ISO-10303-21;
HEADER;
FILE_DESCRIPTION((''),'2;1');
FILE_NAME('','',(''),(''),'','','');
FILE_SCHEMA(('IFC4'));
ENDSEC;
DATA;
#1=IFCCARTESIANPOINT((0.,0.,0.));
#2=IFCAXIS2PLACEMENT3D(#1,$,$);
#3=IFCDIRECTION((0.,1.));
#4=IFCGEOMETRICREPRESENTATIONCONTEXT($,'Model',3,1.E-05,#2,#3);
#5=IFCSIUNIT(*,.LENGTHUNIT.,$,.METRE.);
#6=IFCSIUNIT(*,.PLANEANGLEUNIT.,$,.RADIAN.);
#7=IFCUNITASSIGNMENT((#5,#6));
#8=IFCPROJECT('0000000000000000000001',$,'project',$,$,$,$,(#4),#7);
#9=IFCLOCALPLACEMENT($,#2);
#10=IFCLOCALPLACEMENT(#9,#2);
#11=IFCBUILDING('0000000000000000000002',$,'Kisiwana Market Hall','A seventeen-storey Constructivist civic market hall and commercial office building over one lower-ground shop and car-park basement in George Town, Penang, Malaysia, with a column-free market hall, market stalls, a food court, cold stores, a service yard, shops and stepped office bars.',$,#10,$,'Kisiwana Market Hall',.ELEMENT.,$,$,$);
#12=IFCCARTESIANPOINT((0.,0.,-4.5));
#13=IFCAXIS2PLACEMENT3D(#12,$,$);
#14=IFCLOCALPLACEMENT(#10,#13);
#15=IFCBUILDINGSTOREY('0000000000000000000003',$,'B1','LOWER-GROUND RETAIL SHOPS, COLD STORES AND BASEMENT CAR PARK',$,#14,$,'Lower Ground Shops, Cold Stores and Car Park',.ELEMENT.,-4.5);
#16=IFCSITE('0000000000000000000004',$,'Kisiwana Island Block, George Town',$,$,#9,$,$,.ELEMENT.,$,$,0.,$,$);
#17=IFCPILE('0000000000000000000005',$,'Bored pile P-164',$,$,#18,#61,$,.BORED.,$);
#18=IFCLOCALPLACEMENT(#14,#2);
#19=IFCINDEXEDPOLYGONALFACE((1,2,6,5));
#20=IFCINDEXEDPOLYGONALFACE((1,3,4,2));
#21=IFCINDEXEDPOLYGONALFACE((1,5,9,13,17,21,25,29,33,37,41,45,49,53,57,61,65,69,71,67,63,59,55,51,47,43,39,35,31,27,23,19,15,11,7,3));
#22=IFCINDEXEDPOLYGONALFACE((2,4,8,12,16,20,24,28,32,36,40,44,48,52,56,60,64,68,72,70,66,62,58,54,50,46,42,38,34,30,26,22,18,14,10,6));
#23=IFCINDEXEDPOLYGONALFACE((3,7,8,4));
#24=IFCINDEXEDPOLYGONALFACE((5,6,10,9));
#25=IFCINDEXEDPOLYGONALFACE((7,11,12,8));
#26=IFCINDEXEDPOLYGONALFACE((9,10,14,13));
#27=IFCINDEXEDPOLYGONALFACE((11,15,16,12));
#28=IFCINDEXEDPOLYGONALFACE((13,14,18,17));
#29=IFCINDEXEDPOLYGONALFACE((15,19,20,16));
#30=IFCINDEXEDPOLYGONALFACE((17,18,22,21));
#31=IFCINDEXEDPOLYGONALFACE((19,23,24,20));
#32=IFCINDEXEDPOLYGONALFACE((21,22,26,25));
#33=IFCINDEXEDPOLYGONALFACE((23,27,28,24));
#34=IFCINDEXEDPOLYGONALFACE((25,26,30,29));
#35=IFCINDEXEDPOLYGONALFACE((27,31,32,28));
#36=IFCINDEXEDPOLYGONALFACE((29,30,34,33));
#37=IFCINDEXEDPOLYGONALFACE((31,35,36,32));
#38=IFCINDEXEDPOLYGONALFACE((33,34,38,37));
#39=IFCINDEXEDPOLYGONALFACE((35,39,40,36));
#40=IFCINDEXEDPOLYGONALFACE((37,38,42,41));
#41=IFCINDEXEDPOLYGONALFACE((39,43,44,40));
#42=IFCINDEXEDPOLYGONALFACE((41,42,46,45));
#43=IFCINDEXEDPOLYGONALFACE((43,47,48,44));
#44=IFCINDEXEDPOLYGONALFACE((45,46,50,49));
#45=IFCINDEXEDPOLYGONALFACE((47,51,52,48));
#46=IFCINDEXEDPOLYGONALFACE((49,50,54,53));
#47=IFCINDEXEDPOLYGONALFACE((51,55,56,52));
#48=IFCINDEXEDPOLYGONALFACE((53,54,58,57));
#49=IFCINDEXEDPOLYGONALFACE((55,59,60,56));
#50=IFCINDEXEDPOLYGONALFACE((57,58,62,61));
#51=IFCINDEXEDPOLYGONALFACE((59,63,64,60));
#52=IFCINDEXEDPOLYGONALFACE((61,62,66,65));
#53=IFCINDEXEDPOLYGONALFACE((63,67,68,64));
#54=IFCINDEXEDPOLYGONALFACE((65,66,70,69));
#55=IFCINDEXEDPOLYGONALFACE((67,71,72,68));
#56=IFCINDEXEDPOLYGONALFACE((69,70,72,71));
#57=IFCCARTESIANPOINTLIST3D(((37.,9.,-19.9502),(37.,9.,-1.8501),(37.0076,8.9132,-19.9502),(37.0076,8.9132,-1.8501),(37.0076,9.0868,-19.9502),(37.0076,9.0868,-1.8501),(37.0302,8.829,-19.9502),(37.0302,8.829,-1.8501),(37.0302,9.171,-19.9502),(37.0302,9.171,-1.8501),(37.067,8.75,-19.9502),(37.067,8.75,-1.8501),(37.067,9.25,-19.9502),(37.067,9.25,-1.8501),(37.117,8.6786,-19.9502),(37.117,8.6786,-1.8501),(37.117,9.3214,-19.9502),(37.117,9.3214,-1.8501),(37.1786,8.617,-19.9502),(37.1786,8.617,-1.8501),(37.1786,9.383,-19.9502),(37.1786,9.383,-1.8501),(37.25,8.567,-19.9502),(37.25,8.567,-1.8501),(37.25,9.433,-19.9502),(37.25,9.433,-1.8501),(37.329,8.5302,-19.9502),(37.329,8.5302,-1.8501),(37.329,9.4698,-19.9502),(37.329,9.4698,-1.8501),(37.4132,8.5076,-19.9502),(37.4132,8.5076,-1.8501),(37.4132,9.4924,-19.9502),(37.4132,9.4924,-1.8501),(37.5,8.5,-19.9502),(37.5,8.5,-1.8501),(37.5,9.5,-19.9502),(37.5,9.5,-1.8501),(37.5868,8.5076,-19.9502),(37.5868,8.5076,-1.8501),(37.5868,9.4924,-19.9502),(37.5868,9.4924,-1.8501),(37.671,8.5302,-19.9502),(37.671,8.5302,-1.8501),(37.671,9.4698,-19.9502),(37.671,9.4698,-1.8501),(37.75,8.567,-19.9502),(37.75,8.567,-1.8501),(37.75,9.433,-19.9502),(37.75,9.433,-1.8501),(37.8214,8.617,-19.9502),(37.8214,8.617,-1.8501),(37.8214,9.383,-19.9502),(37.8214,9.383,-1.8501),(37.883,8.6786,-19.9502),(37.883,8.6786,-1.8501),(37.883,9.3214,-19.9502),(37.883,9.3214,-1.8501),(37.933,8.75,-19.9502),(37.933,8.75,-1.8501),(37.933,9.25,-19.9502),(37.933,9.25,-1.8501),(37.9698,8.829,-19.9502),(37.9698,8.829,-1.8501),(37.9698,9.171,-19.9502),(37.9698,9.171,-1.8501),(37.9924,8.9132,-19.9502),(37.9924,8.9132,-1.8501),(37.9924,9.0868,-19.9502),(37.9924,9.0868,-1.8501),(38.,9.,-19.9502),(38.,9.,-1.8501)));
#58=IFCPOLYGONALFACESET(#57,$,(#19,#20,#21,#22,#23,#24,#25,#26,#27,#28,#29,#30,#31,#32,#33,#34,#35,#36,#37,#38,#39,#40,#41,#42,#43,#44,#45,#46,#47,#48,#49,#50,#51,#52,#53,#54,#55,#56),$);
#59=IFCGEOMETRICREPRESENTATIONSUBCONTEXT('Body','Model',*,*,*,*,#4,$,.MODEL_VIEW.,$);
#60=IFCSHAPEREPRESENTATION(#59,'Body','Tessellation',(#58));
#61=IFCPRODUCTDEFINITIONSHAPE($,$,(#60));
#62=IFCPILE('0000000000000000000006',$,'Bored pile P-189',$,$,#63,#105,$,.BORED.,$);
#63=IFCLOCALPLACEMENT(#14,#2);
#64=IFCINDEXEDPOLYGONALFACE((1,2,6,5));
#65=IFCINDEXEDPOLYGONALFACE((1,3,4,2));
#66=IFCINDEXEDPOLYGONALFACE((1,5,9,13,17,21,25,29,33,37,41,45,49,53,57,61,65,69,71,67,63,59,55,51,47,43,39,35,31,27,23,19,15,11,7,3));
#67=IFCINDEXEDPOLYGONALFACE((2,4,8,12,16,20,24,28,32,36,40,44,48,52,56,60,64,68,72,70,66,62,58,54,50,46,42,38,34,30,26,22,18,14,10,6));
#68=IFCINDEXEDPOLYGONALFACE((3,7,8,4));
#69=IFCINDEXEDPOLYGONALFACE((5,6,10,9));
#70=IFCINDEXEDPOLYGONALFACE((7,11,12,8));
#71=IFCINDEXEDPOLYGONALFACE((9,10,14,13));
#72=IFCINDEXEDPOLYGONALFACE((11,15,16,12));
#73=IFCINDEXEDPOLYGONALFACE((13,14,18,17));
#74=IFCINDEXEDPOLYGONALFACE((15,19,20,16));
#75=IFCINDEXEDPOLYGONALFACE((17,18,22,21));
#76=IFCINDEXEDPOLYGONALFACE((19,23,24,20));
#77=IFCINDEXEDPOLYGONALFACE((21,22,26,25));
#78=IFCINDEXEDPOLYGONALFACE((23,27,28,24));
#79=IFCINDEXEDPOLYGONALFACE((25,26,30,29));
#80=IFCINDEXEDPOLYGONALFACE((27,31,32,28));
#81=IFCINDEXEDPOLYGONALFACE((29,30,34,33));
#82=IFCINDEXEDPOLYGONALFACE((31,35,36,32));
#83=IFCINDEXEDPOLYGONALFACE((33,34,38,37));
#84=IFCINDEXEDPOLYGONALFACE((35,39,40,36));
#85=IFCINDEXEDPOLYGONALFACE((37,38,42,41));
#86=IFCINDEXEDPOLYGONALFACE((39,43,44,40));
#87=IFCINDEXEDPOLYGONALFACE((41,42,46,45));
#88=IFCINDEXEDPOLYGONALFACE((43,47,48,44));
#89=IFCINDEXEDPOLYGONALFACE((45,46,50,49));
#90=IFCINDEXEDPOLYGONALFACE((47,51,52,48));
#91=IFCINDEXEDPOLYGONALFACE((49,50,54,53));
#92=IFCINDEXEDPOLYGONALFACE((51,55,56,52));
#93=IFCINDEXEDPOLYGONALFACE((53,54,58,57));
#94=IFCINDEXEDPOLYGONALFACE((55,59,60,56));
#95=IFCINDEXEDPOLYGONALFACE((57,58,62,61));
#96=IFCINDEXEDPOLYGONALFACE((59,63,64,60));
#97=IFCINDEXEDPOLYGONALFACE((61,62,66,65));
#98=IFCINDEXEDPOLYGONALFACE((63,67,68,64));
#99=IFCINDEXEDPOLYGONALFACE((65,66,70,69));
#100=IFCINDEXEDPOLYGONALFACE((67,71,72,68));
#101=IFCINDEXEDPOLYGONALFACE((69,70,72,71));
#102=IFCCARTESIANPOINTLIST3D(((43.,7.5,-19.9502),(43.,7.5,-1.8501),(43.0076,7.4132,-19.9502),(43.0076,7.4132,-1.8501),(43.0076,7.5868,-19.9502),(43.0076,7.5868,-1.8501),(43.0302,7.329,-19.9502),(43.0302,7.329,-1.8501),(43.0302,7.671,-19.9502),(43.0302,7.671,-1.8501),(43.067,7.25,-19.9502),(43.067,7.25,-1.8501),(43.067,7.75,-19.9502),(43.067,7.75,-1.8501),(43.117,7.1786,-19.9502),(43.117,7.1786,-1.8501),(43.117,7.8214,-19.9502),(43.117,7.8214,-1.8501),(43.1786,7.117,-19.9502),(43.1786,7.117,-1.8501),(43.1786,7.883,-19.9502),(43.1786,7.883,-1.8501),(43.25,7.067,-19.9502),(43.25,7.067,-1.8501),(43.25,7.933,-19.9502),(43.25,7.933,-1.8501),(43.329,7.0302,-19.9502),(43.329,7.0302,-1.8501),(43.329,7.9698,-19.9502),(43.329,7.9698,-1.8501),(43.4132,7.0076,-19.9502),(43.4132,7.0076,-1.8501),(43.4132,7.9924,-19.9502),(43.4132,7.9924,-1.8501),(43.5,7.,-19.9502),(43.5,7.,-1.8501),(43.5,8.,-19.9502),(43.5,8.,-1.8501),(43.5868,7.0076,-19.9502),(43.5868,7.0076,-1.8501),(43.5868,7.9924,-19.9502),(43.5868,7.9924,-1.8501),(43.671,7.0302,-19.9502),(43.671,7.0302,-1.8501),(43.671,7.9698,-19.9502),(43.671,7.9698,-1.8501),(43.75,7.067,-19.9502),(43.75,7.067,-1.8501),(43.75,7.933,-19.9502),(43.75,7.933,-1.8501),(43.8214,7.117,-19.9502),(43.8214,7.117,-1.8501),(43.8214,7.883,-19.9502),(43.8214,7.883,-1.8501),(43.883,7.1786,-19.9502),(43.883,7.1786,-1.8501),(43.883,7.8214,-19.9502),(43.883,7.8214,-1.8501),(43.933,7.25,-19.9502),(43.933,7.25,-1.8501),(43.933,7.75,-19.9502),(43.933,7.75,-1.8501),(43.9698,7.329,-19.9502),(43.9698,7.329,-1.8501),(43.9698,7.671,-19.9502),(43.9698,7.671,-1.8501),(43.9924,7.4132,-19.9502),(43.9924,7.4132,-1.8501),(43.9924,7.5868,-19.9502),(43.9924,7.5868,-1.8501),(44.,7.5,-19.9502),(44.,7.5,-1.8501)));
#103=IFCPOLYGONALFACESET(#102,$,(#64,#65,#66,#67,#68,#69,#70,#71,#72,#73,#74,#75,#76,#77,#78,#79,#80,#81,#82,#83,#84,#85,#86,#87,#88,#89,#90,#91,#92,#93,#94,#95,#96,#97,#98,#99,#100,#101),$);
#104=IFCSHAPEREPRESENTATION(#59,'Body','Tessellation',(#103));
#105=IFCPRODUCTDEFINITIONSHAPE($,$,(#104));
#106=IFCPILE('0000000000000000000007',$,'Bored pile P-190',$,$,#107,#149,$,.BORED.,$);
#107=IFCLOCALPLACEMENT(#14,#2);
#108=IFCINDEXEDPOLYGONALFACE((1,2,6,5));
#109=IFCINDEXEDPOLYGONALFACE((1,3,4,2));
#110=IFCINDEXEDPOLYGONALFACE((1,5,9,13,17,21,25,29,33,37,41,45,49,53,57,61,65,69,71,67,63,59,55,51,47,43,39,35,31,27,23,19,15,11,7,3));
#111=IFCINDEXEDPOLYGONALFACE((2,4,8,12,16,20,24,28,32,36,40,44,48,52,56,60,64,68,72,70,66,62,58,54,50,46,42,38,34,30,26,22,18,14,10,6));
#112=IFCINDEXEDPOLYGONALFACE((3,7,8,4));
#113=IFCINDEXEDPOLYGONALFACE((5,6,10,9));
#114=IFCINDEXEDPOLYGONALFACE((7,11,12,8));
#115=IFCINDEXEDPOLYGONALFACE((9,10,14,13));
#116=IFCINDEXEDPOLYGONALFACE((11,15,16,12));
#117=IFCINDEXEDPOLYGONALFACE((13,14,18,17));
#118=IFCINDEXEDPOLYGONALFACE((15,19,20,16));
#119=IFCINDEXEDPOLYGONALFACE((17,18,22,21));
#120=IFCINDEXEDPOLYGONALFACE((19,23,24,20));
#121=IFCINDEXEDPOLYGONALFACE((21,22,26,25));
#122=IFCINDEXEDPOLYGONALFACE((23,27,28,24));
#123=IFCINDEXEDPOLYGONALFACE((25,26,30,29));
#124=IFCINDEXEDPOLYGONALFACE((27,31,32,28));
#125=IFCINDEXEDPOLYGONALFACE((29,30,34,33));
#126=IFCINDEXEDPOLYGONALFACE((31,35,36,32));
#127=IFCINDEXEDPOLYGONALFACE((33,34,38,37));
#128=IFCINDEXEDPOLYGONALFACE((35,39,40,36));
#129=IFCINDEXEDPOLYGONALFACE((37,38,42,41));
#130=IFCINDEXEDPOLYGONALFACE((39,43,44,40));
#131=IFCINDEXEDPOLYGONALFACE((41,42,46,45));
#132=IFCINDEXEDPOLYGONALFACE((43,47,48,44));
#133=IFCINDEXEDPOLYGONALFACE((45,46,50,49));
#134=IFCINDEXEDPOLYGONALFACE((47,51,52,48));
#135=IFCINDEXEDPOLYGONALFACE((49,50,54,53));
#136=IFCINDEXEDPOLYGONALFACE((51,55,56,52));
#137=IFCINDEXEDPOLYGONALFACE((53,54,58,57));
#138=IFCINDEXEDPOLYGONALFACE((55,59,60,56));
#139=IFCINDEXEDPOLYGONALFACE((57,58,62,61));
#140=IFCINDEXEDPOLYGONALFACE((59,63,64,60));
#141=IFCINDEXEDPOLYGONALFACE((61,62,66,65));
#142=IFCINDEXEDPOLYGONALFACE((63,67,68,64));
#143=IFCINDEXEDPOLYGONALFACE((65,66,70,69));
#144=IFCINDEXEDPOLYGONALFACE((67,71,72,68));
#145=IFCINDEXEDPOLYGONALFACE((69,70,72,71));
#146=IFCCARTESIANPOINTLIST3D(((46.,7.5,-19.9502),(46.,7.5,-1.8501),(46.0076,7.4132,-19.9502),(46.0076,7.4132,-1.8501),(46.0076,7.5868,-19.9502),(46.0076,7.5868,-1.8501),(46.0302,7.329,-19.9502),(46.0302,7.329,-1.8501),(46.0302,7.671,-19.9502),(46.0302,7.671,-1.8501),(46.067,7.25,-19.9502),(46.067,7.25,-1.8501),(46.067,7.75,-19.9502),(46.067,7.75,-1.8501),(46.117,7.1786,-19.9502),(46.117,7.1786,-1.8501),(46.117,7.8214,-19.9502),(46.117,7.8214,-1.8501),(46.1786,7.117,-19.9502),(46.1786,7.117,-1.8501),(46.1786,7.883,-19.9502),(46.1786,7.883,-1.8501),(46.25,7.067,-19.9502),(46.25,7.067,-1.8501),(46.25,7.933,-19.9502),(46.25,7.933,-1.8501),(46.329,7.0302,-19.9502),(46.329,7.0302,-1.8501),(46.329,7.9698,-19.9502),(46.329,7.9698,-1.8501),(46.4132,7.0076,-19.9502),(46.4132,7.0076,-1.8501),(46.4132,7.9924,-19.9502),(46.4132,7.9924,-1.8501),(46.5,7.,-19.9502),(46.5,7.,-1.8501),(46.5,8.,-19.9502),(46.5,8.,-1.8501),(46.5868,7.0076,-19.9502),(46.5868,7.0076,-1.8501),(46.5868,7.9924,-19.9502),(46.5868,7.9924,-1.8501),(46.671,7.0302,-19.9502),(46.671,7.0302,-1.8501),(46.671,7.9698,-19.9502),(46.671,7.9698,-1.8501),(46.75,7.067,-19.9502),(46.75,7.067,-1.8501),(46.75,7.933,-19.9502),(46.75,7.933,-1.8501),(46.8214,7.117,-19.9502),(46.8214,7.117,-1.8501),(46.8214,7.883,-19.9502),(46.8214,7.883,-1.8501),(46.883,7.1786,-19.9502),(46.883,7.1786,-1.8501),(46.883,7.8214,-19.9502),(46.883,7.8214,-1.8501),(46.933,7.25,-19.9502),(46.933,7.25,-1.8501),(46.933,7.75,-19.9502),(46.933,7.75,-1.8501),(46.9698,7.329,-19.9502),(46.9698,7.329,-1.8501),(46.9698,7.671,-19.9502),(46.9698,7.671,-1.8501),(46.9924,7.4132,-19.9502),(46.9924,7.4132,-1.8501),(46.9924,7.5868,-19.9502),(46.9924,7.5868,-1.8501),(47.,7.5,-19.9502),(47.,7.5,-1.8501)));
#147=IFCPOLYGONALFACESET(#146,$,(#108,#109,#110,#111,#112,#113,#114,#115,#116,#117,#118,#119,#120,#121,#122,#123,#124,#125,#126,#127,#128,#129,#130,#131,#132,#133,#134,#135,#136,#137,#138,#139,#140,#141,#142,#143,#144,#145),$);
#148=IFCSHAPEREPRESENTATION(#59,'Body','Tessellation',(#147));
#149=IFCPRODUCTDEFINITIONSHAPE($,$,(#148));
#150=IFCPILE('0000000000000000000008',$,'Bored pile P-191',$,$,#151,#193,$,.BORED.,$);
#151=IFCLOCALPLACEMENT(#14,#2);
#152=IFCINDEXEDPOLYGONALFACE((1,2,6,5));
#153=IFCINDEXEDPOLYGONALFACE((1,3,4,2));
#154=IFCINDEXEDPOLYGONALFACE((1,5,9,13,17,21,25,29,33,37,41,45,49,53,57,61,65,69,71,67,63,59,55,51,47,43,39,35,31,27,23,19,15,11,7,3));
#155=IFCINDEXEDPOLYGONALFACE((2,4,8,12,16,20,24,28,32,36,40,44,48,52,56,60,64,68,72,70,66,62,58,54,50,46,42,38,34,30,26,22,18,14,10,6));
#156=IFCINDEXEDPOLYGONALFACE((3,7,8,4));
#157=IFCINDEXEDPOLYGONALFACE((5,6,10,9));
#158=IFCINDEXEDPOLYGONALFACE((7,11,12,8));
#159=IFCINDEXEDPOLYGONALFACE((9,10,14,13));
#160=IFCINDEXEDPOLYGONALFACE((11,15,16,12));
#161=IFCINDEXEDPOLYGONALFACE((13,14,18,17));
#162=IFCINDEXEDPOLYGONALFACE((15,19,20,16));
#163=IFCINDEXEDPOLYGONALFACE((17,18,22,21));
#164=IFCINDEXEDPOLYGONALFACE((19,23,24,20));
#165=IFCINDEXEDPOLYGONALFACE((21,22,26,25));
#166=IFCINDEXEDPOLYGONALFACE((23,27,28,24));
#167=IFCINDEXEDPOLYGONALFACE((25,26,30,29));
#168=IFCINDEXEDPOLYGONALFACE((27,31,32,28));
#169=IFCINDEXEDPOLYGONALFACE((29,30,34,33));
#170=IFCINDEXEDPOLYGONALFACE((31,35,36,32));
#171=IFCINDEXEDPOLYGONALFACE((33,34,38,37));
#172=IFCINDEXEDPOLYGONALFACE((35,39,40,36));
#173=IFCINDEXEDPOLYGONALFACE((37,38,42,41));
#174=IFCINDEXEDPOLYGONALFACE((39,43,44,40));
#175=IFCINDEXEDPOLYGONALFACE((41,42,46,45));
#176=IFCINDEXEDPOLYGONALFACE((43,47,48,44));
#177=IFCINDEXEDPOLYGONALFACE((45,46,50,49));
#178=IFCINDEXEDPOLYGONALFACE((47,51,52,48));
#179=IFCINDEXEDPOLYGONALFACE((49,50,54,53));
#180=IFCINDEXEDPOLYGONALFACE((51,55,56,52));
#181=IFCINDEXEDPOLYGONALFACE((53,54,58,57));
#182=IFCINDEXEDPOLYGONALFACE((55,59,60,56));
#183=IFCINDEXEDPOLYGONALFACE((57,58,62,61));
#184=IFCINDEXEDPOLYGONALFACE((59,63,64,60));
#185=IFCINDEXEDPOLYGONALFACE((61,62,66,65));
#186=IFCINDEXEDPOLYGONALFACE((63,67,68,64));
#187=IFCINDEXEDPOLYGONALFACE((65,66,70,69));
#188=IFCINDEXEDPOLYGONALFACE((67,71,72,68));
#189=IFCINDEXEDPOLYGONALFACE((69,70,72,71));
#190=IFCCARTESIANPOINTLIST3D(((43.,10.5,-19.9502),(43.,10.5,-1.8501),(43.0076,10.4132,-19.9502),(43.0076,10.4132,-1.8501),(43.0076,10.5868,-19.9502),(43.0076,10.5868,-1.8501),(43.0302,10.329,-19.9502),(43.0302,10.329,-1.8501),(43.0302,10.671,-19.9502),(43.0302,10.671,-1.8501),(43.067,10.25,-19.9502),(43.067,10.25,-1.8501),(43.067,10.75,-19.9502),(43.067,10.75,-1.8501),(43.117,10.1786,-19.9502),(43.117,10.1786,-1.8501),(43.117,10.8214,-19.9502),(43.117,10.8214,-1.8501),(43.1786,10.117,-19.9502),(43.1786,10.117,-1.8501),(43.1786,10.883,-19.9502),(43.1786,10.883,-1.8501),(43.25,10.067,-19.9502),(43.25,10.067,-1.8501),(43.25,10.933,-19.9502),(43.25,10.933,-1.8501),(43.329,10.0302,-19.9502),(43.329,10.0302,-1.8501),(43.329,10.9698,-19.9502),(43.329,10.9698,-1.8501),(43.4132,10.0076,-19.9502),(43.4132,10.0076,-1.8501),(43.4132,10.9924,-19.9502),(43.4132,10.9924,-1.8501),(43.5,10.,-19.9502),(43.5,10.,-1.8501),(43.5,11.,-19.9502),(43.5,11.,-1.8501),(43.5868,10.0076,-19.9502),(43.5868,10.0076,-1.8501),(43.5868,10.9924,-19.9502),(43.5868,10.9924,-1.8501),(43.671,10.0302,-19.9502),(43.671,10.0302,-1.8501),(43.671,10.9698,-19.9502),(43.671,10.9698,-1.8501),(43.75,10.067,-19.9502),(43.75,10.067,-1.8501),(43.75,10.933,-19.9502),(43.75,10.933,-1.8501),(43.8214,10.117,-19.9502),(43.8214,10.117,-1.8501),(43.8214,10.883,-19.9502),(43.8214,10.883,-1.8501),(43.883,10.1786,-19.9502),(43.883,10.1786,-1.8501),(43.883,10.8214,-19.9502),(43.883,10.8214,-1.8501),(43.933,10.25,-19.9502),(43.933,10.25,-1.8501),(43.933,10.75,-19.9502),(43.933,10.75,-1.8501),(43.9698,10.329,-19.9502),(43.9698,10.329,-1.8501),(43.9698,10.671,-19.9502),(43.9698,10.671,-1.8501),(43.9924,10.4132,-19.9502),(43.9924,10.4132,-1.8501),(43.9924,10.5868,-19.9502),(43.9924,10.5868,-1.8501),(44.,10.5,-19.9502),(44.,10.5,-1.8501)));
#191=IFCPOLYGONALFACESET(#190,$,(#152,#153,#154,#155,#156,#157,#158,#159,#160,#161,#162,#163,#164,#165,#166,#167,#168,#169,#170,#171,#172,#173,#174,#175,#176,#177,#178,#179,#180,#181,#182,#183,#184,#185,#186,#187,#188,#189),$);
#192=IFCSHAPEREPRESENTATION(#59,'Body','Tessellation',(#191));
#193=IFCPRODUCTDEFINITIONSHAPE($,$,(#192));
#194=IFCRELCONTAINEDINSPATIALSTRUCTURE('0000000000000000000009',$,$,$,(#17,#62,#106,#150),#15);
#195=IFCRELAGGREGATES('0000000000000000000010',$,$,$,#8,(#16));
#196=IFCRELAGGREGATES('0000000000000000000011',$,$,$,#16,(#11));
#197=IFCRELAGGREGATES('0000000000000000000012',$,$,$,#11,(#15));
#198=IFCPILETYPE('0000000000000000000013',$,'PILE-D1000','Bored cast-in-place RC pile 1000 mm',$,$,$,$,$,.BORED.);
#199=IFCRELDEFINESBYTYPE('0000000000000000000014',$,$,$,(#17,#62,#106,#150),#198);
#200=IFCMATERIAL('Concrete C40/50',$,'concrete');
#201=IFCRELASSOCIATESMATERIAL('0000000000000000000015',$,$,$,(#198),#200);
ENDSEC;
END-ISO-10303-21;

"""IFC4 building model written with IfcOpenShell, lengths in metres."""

from ifc_helpers import new_model, si_unit, direction, frame, origin, origin_2d, place, context, subcontext, project, spatial, circle, extrude, material, material_profile, profile_set, type_object, element, save


model = new_model("IFC4")

# Units and contexts
model_context = context("Model", 3, precision=1e-05, world=origin(), true_north=direction((0.0, 1.0)))
body_context = subcontext(model_context, "Body", "Model", "MODEL_VIEW")
ifc_project = project(units=[si_unit("LENGTHUNIT", "METRE"), si_unit("PLANEANGLEUNIT", "RADIAN")], contexts=[model_context])

# Site, building, storey
site_placement = place(None, origin())
site = spatial("IfcSite", under=ifc_project, at=site_placement, Name="Kisiwana Island Block, George Town", CompositionType="ELEMENT", RefElevation=0.0)
building_placement = place(site_placement, origin())
building = spatial("IfcBuilding", under=site, at=building_placement, Name="Kisiwana Market Hall", Description="A seventeen-storey Constructivist civic market hall and commercial office building over one lower-ground shop and car-park basement in George Town, Penang, Malaysia, with a column-free market hall, market stalls, a food court, cold stores, a service yard, shops and stepped office bars.", LongName="Kisiwana Market Hall", CompositionType="ELEMENT")
storey_placement = place(building_placement, frame((0.0, 0.0, -4.5)))
storey = spatial("IfcBuildingStorey", under=building, at=storey_placement, Name="B1", Description="LOWER-GROUND RETAIL SHOPS, COLD STORES AND BASEMENT CAR PARK", LongName="Lower Ground Shops, Cold Stores and Car Park", CompositionType="ELEMENT", Elevation=-4.5)

# Piles
ifc_material_1 = material(Name="Concrete C40/50", Category="concrete")
ifc_material_profile_1 = material_profile(ifc_material_1, circle(Radius=0.5, at=origin_2d()), Name="BP D1000")
ifc_profile_set_1 = profile_set([ifc_material_profile_1], Name="Concrete C40/50")
pile_type_1 = type_object("IfcPileType", Name="PILE-D1000", Description="Bored cast-in-place RC pile 1000 mm", PredefinedType="BORED", material=ifc_profile_set_1)
for number, where, z_axis, x_axis, name in (
    (1, (37.5, 9.0, -1.8501), (0.0, 0.0, -1.0), (1.0, 0.0, 0.0), "Bored pile P-164"),
    (2, (43.5, 7.5, -1.8501), (0.0, 0.0, -1.0), (1.0, 0.0, 0.0), "Bored pile P-189"),
    (3, (46.5, 7.5, -1.8501), (0.0, 0.0, -1.0), (1.0, 0.0, 0.0), "Bored pile P-190"),
    (4, (43.5, 10.5, -1.8501), (0.0, 0.0, -1.0), (1.0, 0.0, 0.0), "Bored pile P-191"),
):
    element("IfcPile", number, at=place(storey_placement, frame(where, z_axis=z_axis, x_axis=x_axis)), inside=storey, type_object=pile_type_1, Name=name, PredefinedType="BORED", context=body_context, shape_type="SweptSolid", body=[
        extrude(circle(Radius=0.5, at=origin_2d()), origin(), (0.0, 0.0, 1.0), 18.1001),
    ])

save(model, "model.ifc")
